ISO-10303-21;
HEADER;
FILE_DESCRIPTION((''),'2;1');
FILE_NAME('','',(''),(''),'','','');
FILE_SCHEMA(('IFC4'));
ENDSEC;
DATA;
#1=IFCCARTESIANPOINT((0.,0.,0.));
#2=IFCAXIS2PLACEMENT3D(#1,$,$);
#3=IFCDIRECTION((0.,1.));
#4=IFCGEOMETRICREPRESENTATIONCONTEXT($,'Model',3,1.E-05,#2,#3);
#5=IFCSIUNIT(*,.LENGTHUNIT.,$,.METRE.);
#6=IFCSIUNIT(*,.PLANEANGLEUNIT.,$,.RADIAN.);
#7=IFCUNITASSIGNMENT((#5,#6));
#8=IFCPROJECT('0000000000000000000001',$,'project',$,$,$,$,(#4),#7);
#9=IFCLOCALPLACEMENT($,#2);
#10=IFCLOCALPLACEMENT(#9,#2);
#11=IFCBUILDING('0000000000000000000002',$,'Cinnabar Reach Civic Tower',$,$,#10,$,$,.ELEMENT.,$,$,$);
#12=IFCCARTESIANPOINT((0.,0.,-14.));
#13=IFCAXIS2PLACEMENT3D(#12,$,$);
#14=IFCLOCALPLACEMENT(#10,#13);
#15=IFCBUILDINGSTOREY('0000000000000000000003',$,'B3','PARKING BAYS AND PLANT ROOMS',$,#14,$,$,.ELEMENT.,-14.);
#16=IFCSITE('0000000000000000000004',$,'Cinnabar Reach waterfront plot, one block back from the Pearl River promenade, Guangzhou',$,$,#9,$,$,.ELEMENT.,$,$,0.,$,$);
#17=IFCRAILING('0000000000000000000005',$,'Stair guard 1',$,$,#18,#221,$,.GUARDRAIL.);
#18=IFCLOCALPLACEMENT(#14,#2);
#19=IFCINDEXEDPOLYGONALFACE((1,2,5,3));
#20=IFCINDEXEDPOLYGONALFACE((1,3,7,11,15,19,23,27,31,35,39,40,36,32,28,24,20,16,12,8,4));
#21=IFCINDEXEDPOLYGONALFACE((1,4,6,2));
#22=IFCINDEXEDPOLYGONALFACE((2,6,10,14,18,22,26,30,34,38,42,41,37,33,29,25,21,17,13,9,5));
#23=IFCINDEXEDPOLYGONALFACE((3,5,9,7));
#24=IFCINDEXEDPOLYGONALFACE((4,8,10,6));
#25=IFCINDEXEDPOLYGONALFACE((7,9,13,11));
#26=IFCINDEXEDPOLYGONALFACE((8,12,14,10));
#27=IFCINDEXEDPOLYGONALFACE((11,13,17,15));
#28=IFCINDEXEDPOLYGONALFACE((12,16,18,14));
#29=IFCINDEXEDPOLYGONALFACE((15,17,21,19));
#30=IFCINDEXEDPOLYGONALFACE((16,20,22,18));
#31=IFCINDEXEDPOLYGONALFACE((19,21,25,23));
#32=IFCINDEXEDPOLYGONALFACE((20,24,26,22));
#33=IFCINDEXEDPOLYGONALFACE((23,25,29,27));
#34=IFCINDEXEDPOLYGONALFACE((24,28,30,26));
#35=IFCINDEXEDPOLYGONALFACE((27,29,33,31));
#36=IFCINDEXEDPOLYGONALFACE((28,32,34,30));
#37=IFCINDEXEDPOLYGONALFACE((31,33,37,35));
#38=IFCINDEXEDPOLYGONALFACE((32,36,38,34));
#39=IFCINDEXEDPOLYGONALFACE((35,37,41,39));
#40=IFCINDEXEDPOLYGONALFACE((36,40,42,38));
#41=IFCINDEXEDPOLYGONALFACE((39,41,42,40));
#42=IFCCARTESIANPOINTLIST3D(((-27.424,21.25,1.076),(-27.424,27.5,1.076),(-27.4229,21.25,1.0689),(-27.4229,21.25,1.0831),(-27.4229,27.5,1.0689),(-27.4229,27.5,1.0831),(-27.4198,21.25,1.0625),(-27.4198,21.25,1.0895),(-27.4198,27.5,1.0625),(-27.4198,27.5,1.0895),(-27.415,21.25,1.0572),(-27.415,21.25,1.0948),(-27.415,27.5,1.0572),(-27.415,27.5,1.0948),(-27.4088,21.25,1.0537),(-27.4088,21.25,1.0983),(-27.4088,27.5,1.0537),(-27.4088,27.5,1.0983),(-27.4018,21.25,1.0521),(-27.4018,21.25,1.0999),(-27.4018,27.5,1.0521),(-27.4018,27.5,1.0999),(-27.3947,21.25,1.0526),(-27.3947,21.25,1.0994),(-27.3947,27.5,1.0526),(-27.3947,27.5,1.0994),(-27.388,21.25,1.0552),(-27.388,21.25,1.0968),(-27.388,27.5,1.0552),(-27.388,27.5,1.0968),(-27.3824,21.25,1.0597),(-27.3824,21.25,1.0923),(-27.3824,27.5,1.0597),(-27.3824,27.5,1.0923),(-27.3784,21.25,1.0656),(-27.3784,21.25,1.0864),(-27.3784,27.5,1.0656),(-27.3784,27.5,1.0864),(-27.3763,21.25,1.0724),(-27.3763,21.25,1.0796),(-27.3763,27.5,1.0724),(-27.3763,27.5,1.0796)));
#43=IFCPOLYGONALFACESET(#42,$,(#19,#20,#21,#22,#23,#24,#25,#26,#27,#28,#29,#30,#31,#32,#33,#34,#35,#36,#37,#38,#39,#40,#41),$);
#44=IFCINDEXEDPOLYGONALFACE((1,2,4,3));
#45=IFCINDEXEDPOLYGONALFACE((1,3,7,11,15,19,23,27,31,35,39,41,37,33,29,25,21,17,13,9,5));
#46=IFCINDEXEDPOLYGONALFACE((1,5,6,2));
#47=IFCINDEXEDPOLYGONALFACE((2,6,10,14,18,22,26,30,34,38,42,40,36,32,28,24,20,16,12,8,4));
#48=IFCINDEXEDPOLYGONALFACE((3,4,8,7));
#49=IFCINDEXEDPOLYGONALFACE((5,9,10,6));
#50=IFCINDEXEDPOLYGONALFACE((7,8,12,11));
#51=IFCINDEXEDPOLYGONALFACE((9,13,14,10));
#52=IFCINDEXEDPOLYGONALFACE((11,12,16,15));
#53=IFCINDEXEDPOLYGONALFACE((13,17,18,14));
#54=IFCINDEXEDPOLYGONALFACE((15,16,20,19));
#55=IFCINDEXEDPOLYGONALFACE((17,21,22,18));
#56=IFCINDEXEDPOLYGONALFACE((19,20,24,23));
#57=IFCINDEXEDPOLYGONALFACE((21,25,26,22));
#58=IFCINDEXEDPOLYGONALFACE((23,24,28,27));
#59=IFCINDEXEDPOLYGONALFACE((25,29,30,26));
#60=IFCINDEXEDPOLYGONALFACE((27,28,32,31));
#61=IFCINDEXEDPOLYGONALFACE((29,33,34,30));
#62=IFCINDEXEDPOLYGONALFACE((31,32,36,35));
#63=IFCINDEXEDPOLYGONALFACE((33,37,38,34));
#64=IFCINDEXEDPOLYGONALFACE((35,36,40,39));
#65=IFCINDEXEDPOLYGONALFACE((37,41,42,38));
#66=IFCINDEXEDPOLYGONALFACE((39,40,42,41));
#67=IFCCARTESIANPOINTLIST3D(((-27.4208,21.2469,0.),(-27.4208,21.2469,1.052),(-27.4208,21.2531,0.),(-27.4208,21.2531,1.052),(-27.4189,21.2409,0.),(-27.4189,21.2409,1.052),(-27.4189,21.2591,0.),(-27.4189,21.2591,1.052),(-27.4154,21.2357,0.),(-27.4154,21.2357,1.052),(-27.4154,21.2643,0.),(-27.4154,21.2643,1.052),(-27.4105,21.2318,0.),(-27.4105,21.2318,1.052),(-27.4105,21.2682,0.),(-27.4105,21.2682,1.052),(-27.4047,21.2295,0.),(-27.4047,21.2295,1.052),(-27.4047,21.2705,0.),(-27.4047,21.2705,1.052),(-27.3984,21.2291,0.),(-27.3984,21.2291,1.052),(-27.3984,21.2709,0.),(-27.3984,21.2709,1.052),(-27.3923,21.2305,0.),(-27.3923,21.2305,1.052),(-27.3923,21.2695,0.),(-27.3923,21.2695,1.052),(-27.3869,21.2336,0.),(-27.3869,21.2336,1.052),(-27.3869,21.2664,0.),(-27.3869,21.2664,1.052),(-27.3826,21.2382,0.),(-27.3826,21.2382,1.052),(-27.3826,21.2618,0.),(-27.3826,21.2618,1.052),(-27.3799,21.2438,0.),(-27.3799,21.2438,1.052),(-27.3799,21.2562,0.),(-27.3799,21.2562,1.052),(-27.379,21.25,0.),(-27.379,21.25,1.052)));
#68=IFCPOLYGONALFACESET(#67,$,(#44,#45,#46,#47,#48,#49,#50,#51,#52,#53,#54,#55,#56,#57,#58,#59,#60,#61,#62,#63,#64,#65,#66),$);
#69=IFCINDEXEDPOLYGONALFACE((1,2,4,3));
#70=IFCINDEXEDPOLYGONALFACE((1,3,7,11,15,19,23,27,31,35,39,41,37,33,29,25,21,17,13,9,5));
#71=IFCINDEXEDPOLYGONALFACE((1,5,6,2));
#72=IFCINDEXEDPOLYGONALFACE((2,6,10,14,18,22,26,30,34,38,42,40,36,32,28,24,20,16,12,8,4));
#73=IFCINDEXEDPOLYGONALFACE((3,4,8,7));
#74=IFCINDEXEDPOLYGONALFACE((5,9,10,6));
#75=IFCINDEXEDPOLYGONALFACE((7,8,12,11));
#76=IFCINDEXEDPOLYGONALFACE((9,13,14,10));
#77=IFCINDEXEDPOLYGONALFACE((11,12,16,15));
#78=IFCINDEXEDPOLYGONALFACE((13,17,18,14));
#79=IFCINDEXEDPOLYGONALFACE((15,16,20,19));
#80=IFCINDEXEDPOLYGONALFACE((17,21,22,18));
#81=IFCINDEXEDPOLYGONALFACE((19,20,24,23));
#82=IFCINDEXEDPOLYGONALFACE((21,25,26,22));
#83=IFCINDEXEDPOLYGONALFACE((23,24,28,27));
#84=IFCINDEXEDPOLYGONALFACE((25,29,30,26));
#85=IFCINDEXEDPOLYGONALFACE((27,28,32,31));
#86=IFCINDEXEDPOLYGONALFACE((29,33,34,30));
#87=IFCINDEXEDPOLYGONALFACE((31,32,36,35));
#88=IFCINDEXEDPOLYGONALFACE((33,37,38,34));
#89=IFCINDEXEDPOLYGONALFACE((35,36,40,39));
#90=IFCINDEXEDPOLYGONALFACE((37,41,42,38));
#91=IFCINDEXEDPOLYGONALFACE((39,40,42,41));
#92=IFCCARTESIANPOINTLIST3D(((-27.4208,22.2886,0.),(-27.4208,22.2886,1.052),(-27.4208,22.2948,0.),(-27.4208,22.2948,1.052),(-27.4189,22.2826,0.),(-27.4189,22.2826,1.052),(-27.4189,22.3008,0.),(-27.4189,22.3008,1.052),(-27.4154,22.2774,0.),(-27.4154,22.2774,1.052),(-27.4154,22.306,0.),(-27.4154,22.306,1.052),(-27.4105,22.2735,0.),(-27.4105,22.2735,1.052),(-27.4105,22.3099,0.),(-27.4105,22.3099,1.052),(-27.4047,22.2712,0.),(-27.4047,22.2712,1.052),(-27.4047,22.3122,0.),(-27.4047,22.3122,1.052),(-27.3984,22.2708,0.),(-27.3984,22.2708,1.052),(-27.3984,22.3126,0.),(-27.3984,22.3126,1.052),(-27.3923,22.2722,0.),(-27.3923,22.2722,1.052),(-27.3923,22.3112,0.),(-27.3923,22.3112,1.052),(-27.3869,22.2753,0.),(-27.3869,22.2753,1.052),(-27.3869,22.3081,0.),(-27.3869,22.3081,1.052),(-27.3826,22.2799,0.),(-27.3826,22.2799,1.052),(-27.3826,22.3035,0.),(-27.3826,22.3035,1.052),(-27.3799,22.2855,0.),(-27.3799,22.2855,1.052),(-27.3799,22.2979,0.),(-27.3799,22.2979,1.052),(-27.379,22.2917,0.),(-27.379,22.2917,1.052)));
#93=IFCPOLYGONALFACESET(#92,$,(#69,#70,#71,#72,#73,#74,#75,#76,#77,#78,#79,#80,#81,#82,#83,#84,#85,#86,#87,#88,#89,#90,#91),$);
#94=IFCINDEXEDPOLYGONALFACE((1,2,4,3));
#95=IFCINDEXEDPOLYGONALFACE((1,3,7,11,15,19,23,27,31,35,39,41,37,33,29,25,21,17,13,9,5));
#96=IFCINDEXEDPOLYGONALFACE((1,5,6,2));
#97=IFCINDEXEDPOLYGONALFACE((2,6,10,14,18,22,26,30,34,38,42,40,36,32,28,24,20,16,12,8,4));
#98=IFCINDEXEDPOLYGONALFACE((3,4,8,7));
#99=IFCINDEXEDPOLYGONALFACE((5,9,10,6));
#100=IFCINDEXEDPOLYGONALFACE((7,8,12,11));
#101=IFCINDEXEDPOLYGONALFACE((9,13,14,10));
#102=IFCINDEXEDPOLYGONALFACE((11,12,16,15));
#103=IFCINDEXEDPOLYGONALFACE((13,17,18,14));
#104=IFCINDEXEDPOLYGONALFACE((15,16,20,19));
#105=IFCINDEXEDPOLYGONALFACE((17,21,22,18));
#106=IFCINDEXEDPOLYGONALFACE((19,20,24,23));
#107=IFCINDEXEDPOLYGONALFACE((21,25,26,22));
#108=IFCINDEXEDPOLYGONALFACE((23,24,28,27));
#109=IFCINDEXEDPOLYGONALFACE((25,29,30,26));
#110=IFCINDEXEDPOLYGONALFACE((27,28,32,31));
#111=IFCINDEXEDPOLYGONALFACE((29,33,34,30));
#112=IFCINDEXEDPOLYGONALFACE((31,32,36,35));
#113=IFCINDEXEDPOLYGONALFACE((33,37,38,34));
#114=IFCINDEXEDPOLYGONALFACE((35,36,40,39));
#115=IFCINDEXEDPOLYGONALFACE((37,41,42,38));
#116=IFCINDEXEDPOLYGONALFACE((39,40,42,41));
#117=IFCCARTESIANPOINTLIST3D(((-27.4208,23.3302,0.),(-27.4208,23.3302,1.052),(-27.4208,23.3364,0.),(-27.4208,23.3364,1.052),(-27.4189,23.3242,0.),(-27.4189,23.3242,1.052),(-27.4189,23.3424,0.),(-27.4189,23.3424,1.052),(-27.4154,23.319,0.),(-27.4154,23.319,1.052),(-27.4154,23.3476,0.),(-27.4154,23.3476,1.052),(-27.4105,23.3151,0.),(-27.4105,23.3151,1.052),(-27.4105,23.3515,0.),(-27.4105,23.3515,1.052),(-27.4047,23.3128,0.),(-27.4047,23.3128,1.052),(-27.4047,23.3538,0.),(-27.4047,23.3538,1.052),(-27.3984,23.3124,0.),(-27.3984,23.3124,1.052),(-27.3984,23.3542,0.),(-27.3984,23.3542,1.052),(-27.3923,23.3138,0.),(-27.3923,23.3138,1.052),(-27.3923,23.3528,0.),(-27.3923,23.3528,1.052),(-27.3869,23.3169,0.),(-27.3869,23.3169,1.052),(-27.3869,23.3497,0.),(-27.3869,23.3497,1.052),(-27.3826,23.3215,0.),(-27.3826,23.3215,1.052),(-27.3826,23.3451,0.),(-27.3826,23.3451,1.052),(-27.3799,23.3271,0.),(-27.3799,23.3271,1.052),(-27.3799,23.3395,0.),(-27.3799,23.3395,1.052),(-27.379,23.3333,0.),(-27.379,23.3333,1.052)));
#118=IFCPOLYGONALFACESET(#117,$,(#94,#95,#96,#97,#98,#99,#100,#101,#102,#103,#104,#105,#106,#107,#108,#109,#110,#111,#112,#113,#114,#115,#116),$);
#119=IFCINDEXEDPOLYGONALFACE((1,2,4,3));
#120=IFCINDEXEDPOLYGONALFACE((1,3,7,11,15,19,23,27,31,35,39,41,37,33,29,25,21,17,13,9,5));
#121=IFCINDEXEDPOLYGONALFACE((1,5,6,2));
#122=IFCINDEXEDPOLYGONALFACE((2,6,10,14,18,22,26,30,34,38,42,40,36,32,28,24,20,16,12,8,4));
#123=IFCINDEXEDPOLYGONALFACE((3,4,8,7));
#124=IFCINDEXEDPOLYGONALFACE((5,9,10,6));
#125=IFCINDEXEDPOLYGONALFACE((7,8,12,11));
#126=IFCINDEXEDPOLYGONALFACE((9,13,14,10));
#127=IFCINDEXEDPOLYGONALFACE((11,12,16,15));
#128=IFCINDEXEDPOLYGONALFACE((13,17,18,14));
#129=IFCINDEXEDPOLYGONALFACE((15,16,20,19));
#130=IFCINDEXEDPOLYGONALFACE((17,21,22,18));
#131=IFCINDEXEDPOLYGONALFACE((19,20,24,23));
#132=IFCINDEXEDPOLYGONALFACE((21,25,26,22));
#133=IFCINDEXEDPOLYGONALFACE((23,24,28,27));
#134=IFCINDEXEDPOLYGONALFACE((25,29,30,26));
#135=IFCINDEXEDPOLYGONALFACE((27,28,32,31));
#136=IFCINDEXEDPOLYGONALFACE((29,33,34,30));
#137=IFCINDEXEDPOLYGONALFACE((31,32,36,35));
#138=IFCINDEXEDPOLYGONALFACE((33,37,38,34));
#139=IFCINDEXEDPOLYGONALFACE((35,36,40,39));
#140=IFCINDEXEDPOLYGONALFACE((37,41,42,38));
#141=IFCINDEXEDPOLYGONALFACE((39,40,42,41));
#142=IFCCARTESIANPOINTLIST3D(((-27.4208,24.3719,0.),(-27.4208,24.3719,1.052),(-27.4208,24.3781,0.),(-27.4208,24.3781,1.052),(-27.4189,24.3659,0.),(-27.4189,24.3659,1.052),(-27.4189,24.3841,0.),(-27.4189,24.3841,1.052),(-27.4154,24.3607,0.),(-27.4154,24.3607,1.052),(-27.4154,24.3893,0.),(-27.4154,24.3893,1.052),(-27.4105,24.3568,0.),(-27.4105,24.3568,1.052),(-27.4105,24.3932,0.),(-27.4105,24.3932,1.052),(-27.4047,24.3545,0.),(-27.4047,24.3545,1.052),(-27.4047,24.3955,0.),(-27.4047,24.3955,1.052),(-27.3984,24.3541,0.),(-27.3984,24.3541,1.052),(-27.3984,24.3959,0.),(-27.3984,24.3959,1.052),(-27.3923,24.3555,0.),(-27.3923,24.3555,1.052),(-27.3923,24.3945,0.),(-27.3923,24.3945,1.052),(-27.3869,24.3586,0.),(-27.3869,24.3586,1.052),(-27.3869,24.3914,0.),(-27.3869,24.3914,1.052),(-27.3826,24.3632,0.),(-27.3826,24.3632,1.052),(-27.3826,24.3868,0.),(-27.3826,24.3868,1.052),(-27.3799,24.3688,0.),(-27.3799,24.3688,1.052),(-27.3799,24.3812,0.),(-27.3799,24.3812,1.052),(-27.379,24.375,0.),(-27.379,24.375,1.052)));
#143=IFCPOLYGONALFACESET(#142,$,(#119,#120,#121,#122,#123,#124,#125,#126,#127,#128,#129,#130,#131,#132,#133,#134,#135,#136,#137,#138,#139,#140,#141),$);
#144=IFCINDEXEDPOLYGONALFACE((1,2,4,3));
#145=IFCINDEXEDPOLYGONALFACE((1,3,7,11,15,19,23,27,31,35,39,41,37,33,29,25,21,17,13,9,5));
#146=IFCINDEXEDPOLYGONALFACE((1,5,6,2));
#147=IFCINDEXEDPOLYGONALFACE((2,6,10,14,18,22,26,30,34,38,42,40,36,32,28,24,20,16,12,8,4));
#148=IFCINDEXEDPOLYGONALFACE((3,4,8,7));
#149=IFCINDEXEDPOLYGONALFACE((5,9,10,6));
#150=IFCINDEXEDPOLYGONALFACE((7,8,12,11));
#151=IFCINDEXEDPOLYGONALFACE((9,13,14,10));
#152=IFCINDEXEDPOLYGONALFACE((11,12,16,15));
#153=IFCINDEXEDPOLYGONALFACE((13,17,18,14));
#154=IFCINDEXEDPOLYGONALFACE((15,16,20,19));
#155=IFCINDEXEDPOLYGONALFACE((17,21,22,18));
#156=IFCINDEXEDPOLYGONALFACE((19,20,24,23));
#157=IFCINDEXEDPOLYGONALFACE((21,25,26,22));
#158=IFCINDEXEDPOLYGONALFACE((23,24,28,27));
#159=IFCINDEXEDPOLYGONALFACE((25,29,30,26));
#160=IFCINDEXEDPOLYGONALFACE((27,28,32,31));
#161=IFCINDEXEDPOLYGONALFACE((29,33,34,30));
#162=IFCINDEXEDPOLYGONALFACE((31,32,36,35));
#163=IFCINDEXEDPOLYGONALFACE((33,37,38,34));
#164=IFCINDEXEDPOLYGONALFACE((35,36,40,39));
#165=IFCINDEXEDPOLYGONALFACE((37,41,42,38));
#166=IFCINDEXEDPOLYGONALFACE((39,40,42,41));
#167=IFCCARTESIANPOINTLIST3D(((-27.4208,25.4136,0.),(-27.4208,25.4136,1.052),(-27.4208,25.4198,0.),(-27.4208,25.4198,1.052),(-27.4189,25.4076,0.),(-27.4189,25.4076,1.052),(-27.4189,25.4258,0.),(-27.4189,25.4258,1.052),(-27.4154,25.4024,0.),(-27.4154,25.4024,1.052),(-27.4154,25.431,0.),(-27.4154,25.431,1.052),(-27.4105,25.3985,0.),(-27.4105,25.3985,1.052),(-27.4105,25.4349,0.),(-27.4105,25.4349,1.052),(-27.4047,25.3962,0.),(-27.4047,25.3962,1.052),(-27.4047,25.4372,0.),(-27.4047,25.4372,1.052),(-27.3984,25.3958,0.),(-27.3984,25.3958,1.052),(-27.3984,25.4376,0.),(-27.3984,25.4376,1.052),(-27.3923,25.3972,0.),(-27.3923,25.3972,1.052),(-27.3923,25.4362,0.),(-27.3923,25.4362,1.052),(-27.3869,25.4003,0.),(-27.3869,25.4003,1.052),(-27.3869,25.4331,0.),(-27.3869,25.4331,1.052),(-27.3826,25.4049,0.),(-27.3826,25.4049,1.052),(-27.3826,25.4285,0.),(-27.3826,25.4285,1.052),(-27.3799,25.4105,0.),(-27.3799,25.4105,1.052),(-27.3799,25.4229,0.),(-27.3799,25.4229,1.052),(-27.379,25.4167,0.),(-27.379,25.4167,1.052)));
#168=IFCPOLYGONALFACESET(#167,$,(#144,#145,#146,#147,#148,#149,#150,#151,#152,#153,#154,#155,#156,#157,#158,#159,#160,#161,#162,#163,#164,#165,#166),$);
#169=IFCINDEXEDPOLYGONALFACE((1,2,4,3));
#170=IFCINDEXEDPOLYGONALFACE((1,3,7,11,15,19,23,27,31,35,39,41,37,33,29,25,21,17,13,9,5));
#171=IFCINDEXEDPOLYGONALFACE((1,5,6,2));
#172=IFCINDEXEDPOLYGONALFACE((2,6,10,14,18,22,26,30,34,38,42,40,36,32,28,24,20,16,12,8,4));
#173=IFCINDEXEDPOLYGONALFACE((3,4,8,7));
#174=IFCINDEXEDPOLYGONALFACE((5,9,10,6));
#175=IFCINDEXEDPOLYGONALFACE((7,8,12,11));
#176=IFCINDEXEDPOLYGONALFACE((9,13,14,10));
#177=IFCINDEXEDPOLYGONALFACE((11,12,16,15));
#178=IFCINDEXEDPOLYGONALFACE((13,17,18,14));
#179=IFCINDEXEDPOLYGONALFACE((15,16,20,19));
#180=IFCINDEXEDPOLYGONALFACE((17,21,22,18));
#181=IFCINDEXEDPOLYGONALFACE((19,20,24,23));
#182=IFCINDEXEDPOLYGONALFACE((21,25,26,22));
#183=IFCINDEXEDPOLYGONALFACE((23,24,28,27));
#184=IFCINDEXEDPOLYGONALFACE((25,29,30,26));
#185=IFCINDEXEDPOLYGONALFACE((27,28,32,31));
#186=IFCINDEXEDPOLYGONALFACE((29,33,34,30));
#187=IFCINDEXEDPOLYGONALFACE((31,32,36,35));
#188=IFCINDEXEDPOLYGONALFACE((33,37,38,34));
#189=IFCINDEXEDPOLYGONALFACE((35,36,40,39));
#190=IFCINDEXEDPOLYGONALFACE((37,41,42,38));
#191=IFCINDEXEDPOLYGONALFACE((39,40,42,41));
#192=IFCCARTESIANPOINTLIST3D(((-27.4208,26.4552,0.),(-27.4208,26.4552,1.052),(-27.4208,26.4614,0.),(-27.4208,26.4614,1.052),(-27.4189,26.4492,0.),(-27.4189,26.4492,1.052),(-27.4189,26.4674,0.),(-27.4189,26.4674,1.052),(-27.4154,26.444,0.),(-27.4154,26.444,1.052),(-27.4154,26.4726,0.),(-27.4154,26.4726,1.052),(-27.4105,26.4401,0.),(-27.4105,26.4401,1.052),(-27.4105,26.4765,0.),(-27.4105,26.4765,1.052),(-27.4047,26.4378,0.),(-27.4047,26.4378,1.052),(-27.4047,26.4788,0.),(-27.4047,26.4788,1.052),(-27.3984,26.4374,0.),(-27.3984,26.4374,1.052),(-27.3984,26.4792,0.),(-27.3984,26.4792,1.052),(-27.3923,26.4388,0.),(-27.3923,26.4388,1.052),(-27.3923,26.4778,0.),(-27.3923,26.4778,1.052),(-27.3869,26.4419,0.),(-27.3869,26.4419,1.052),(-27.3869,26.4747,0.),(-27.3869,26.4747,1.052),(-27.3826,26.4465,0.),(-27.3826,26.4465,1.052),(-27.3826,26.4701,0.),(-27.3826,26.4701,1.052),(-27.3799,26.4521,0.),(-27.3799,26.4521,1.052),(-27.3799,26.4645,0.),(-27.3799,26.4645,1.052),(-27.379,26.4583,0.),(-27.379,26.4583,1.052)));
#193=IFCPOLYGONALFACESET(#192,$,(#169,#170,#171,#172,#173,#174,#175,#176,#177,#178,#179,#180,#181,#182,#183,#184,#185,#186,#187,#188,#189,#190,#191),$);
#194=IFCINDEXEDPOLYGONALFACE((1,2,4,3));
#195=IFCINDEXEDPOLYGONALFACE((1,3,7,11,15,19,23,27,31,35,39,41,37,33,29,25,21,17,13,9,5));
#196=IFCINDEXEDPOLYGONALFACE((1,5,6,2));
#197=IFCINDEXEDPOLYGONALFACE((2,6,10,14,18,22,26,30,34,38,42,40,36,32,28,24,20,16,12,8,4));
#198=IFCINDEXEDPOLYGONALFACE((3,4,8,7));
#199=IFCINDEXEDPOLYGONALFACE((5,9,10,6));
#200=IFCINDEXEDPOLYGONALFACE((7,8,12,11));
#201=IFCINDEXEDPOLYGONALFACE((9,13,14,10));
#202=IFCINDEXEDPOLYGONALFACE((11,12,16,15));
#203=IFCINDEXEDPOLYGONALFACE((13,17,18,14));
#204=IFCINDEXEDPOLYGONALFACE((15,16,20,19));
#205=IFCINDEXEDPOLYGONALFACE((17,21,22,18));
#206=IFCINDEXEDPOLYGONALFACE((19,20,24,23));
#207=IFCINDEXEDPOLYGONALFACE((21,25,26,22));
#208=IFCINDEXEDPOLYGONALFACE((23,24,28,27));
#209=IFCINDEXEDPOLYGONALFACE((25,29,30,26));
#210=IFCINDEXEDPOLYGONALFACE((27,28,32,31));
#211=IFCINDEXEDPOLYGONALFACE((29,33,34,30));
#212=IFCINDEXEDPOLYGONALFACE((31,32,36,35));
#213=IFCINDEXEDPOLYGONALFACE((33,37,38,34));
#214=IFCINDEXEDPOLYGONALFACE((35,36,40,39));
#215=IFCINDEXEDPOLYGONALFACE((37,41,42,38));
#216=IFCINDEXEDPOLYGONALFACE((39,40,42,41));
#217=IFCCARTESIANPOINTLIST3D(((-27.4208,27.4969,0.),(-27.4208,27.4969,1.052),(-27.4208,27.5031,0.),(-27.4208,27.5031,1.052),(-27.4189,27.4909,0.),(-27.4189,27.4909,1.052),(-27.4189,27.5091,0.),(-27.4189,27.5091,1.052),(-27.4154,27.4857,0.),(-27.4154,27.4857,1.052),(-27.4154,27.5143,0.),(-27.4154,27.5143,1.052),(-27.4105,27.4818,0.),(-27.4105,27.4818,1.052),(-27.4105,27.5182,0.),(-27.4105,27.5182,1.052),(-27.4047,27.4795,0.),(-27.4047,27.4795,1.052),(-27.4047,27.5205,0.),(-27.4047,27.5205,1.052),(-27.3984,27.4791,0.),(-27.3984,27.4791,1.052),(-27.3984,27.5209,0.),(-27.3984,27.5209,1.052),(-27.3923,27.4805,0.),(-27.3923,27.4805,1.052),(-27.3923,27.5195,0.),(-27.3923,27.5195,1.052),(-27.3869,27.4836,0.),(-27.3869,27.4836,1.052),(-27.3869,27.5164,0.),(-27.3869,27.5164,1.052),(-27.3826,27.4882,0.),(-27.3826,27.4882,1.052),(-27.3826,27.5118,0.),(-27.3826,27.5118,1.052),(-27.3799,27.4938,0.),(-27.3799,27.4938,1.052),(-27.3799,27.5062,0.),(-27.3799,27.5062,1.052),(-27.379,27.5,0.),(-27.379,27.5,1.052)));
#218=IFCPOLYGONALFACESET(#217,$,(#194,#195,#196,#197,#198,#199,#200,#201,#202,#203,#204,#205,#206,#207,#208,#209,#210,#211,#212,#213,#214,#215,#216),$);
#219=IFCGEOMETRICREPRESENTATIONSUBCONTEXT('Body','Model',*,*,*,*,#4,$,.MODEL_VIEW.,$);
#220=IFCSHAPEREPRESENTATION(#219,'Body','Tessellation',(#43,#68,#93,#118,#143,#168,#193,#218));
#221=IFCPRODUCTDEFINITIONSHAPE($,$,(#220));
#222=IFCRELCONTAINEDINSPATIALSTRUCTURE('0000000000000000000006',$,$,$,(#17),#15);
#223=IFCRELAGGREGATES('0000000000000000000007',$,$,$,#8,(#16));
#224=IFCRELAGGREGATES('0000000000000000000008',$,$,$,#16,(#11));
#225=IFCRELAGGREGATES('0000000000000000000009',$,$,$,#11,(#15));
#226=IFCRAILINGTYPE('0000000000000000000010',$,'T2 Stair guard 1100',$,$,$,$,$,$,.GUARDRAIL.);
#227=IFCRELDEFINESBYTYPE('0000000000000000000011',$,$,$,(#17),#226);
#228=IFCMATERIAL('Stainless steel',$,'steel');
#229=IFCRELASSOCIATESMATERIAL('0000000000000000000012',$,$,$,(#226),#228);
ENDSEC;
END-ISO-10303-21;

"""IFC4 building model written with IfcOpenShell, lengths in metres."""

from ifc_helpers import new_model, si_unit, direction, frame, origin, origin_2d, place, context, subcontext, project, spatial, circle, extrude, material, type_object, element, save


model = new_model("IFC4")

# Units and contexts
model_context = context("Model", 3, precision=1e-05, world=origin(), true_north=direction((0.0, 1.0)))
body_context = subcontext(model_context, "Body", "Model", "MODEL_VIEW")
ifc_project = project(units=[si_unit("LENGTHUNIT", "METRE"), si_unit("PLANEANGLEUNIT", "RADIAN")], contexts=[model_context])

# Site, building, storey
site_placement = place(None, origin())
site = spatial("IfcSite", under=ifc_project, at=site_placement, Name="Cinnabar Reach waterfront plot, one block back from the Pearl River promenade, Guangzhou", CompositionType="ELEMENT", RefElevation=0.0)
building_placement = place(site_placement, origin())
building = spatial("IfcBuilding", under=site, at=building_placement, Name="Cinnabar Reach Civic Tower", CompositionType="ELEMENT")
storey_placement = place(building_placement, frame((0.0, 0.0, -14.0)))
storey = spatial("IfcBuildingStorey", under=building, at=storey_placement, Name="B3", Description="PARKING BAYS AND PLANT ROOMS", CompositionType="ELEMENT", Elevation=-14.0)

# Railing
ifc_material_1 = material(Name="Stainless steel", Category="steel")
railing_type = type_object("IfcRailingType", Name="T2 Stair guard 1100", PredefinedType="GUARDRAIL", material=ifc_material_1)
for number, where, name in (
    (1, (-27.4, 21.25, 0.0), "Stair guard 1"),
):
    element("IfcRailing", number, at=place(storey_placement, frame(where)), inside=storey, type_object=railing_type, Name=name, PredefinedType="GUARDRAIL", context=body_context, shape_type="SweptSolid", body=[
        extrude(circle(Radius=0.024, at=origin_2d()), frame((0.0, 0.0, 1.076), z_axis=(0.0, 1.0, 0.0), x_axis=(-1.0, 0.0, 0.0)), (0.0, 0.0, 1.0), 6.25),
        extrude(circle(Radius=0.021, at=origin_2d()), origin(), (0.0, 0.0, 1.0), 1.052),
        extrude(circle(Radius=0.021, at=origin_2d()), frame((0.0, 1.0417, 0.0)), (0.0, 0.0, 1.0), 1.052),
        extrude(circle(Radius=0.021, at=origin_2d()), frame((0.0, 2.0833, 0.0)), (0.0, 0.0, 1.0), 1.052),
        extrude(circle(Radius=0.021, at=origin_2d()), frame((0.0, 3.125, 0.0)), (0.0, 0.0, 1.0), 1.052),
        extrude(circle(Radius=0.021, at=origin_2d()), frame((0.0, 4.1667, 0.0)), (0.0, 0.0, 1.0), 1.052),
        extrude(circle(Radius=0.021, at=origin_2d()), frame((0.0, 5.2083, 0.0)), (0.0, 0.0, 1.0), 1.052),
        extrude(circle(Radius=0.021, at=origin_2d()), frame((0.0, 6.25, 0.0)), (0.0, 0.0, 1.0), 1.052),
    ])

save(model, "model.ifc")
